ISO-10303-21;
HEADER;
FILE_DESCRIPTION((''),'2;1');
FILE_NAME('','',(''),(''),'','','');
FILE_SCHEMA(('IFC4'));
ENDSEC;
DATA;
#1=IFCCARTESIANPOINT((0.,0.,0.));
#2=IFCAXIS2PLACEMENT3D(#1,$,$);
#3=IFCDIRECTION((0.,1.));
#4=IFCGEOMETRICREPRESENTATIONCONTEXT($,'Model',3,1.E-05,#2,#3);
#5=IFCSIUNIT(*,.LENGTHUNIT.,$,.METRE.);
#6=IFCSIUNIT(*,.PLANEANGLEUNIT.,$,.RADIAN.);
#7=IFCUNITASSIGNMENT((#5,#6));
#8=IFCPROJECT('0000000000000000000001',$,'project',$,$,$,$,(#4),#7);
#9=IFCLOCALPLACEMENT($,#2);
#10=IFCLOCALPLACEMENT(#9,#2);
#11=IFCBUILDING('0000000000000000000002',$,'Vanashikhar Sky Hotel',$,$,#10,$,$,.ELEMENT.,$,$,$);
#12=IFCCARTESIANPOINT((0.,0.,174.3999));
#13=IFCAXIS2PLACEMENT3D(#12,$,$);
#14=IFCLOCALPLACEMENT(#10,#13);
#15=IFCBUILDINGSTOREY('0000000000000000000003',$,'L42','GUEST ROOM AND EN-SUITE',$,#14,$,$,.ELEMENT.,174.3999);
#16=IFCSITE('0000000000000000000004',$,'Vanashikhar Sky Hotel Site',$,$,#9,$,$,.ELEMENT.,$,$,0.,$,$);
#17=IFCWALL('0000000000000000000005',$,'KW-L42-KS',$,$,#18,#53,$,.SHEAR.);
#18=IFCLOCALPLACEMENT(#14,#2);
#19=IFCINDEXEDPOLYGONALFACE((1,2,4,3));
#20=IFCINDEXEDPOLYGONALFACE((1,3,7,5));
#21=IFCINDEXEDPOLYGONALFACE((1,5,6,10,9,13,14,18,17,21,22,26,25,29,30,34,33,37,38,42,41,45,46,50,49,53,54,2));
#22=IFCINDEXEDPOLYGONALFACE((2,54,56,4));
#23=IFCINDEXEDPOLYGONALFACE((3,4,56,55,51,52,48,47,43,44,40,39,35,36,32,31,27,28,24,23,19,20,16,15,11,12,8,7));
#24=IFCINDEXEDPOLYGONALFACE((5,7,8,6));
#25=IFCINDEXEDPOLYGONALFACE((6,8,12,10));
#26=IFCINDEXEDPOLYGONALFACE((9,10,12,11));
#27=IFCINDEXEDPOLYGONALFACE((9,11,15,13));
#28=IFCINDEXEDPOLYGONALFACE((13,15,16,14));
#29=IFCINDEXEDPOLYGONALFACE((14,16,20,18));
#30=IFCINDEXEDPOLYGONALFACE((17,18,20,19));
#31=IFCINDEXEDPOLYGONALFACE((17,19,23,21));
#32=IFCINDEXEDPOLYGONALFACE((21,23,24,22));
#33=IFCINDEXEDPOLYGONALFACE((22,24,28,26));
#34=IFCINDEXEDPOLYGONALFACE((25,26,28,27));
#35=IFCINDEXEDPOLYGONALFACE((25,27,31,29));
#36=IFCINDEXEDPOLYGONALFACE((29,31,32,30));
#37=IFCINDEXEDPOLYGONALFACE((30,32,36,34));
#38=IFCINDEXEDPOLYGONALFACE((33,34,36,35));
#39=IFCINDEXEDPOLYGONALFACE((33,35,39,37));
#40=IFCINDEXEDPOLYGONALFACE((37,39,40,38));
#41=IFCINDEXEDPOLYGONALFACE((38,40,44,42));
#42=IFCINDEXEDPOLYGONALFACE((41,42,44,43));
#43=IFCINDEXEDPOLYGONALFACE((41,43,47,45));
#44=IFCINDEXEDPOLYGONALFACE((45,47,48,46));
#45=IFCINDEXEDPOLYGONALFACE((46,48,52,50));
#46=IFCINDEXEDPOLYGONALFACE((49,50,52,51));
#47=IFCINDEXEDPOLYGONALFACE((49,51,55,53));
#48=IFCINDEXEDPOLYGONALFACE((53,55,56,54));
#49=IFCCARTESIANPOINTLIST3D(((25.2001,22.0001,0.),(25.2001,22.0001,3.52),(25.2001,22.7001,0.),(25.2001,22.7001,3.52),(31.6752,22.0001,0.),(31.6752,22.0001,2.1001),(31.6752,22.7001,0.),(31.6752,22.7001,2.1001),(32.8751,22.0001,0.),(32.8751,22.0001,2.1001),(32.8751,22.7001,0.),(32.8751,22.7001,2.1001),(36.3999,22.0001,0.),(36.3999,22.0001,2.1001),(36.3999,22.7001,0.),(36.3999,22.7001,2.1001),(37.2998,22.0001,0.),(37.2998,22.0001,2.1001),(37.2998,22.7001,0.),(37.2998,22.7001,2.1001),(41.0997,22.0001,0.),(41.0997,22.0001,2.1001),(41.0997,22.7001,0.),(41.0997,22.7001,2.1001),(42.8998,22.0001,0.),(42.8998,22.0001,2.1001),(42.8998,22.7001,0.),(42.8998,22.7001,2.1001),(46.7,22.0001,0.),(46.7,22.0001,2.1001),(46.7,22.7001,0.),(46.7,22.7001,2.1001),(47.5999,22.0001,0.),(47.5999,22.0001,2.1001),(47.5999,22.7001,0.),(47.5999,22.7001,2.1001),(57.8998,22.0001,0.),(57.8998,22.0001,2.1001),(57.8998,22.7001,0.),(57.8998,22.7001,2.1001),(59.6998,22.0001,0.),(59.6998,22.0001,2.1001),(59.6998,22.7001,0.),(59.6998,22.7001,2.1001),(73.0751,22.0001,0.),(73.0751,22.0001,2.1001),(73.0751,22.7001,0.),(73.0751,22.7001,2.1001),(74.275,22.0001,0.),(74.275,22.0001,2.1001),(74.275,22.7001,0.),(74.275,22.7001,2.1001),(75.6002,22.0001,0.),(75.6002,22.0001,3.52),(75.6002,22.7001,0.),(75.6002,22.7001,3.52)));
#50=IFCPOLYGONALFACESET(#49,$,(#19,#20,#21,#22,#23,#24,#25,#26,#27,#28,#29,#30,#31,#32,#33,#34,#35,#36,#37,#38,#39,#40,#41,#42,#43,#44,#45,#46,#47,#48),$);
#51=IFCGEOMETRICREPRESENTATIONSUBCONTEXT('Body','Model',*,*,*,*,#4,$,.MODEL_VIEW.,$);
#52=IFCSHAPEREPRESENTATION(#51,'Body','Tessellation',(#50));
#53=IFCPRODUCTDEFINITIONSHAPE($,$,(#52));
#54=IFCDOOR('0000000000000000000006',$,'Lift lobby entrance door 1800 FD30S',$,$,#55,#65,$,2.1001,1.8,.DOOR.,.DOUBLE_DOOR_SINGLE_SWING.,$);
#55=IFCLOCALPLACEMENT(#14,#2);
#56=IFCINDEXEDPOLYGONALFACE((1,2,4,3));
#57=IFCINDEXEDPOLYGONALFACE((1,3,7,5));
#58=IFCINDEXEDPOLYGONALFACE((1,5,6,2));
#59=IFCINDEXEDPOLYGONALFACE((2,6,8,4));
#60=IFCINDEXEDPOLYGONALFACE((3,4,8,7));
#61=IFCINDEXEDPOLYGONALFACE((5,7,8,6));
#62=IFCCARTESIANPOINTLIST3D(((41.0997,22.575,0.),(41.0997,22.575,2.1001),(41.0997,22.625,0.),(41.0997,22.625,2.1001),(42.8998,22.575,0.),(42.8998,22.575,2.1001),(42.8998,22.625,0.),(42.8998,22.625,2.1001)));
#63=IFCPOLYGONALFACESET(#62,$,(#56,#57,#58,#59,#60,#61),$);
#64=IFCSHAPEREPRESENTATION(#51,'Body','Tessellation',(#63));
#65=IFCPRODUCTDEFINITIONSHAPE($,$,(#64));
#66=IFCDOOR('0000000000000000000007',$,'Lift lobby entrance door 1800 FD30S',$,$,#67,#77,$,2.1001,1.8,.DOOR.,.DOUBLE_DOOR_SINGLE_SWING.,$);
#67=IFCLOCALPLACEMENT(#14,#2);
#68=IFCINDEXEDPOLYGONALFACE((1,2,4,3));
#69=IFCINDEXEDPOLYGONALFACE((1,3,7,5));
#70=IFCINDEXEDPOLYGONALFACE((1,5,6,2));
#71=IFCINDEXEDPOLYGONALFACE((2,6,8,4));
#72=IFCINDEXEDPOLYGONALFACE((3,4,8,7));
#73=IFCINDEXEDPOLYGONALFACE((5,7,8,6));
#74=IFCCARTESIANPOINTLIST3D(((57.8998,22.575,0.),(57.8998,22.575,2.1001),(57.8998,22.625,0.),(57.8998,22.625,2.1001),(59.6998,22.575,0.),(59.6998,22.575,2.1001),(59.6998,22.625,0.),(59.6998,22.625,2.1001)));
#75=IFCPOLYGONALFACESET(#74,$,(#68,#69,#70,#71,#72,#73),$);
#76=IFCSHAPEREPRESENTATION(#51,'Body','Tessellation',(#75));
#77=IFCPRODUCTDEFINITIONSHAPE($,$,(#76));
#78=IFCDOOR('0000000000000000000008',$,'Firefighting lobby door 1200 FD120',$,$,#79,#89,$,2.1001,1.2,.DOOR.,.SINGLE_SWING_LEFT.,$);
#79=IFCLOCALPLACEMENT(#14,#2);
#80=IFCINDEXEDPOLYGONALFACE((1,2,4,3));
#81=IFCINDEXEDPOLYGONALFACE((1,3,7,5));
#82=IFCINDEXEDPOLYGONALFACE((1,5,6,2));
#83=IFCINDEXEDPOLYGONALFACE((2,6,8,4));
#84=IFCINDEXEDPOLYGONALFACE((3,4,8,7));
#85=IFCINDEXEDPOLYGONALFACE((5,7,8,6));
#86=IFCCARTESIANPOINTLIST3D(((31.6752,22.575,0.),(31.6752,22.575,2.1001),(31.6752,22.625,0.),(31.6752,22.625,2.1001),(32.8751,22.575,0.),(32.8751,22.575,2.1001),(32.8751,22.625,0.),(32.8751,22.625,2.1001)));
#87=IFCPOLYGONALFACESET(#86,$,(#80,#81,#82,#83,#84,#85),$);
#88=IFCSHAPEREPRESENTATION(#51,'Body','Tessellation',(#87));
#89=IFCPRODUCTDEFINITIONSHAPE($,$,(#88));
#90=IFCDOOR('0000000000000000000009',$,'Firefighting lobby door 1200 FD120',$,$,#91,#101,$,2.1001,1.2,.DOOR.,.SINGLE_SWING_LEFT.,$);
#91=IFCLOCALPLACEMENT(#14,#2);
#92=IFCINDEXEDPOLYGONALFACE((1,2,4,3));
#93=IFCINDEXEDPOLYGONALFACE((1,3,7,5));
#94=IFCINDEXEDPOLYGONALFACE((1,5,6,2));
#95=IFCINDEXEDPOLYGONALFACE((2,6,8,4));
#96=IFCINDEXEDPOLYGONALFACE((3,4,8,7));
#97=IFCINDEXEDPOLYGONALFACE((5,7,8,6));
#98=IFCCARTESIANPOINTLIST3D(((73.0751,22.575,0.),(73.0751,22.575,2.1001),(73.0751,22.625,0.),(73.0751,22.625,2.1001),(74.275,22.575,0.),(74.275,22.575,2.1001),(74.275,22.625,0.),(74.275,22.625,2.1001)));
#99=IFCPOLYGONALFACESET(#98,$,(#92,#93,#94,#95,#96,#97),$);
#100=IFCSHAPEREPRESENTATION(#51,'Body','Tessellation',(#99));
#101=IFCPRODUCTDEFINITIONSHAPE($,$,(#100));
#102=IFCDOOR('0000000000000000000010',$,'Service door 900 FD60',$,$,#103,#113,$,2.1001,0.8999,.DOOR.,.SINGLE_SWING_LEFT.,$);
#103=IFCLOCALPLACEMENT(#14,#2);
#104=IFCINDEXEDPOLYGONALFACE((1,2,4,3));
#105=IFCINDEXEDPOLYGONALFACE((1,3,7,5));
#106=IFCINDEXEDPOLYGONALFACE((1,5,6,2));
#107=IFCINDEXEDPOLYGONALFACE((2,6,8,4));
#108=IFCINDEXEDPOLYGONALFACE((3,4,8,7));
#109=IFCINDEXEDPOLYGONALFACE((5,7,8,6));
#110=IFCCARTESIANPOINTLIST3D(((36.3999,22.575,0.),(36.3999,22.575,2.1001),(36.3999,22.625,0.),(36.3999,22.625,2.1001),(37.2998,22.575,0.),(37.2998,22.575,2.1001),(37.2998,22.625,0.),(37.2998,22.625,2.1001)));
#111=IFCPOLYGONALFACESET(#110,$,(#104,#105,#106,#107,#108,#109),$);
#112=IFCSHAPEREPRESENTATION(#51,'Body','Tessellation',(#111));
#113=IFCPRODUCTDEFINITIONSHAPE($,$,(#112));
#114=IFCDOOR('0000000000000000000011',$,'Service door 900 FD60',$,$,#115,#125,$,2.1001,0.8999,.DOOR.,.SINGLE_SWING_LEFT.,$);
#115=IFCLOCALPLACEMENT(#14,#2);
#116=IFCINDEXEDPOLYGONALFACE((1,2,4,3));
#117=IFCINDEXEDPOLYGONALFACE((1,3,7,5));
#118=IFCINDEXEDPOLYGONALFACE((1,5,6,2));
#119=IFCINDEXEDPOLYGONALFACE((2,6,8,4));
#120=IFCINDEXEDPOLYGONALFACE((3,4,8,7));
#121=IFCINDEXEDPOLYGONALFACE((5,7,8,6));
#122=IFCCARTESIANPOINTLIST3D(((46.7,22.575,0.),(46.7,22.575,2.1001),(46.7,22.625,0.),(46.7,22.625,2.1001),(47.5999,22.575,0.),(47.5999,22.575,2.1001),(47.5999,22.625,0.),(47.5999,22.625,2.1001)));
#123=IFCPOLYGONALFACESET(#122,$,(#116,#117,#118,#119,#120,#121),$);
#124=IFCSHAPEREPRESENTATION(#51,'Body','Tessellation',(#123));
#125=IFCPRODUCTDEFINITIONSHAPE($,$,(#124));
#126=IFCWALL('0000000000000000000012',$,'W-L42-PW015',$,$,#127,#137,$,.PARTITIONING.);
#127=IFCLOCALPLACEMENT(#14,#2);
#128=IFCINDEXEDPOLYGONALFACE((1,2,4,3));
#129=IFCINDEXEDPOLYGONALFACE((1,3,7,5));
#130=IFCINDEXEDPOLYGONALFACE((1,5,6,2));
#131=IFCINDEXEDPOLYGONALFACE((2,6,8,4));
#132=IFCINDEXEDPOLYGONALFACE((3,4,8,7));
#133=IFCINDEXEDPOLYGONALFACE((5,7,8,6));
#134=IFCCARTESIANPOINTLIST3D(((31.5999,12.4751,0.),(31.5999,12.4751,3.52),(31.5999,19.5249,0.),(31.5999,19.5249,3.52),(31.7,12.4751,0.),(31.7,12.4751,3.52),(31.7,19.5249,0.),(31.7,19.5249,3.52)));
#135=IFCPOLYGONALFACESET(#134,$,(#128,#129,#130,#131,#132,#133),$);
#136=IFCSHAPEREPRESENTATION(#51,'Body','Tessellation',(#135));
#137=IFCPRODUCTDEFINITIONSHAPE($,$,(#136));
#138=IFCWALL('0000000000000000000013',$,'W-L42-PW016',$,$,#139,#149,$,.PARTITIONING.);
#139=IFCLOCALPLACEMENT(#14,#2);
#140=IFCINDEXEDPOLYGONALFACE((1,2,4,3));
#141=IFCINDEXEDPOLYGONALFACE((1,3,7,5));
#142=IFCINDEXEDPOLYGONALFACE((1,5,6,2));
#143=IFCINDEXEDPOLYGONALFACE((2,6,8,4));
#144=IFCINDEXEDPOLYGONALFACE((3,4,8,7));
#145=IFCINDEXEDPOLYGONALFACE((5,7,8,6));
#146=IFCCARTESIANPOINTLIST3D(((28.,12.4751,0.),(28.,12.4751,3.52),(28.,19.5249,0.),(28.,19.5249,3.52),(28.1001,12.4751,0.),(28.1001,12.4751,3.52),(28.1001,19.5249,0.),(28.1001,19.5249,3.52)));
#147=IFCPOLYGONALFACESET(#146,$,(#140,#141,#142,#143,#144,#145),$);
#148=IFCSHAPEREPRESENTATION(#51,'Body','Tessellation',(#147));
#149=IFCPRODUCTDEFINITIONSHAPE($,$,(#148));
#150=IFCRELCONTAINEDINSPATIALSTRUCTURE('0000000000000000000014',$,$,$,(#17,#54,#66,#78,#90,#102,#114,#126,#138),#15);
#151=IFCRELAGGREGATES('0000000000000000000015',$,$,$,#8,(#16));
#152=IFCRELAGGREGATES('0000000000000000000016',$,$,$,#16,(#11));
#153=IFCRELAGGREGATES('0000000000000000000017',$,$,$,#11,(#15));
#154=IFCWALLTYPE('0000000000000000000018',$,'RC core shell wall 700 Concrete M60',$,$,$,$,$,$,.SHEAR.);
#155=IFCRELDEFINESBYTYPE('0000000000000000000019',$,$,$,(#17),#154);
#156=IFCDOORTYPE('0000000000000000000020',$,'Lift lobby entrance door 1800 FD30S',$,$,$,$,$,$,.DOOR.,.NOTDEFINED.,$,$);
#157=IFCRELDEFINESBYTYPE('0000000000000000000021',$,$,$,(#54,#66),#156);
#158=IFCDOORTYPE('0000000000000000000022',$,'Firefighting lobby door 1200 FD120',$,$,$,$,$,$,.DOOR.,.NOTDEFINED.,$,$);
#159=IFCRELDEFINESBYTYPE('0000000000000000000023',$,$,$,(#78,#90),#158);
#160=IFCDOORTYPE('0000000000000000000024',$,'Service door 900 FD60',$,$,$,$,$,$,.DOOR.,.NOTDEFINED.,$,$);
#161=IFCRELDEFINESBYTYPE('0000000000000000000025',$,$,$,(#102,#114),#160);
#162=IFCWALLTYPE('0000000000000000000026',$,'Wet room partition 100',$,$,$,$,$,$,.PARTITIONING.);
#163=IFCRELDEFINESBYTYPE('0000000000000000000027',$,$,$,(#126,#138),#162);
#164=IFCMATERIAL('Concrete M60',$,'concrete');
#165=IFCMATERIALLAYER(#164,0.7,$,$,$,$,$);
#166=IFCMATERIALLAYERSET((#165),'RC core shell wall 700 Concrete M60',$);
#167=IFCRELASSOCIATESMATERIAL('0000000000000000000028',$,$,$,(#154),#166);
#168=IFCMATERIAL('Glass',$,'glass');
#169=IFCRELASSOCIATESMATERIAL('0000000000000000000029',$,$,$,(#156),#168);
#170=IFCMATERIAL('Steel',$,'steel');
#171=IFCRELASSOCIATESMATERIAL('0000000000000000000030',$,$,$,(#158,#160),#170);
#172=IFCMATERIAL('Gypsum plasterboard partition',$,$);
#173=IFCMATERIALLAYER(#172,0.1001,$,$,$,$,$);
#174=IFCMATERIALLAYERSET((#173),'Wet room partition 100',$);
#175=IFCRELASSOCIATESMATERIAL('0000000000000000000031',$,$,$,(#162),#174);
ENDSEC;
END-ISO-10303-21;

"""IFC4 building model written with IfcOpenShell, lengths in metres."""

from ifc_helpers import new_model, si_unit, direction, frame, frame_2d, origin, place, context, subcontext, project, spatial, rectangle, extrude, source, transform, mapped, material, layer, layer_set, type_object, element, fill, save


model = new_model("IFC4")

# Units and contexts
model_context = context("Model", 3, precision=1e-05, world=origin(), true_north=direction((0.0, 1.0)))
body_context = subcontext(model_context, "Body", "Model", "MODEL_VIEW")
ifc_project = project(units=[si_unit("LENGTHUNIT", "METRE"), si_unit("PLANEANGLEUNIT", "RADIAN")], contexts=[model_context])

# Site, building, storey
site_placement = place(None, origin())
site = spatial("IfcSite", under=ifc_project, at=site_placement, Name="Vanashikhar Sky Hotel Site", CompositionType="ELEMENT", RefElevation=0.0)
building_placement = place(site_placement, origin())
building = spatial("IfcBuilding", under=site, at=building_placement, Name="Vanashikhar Sky Hotel", CompositionType="ELEMENT")
storey_placement = place(building_placement, frame((0.0, 0.0, 174.3999)))
storey = spatial("IfcBuildingStorey", under=building, at=storey_placement, Name="L42", Description="GUEST ROOM AND EN-SUITE", CompositionType="ELEMENT", Elevation=174.3999)

# Wall, openings, doors
ifc_material_1 = material(Name="Concrete M60", Category="concrete")
ifc_layer_1 = layer(ifc_material_1, 0.7)
ifc_layer_set_1 = layer_set([ifc_layer_1], Name="RC core shell wall 700 Concrete M60")
wall_type_1 = type_object("IfcWallType", Name="RC core shell wall 700 Concrete M60", PredefinedType="SHEAR", material=ifc_layer_set_1)
shared_shape_1 = source(origin(), body_context, "Body", "SweptSolid", [
    extrude(rectangle(XDim=50.4001, YDim=0.7, at=frame_2d((25.2002, 0.0))), origin(), (0.0, 0.0, 1.0), 3.52),
])
wall_1_placement = place(storey_placement, frame((25.2, 22.3501, 0.0), z_axis=(0.0, 0.0, 1.0), x_axis=(1.0, 0.0, 0.0)))
wall_1 = element("IfcWall", 1, at=wall_1_placement, inside=storey, type_object=wall_type_1, Name="KW-L42-KS", PredefinedType="SHEAR", context=body_context, shape_type="MappedRepresentation", body=[
    mapped(shared_shape_1, transform((0.0, 0.0, 0.0), scale=1.0)),
])
shared_shape_2 = source(origin(), body_context, "Body", "SweptSolid", [
    extrude(rectangle(XDim=1.8, YDim=2.1001, at=frame_2d((0.8999, 1.05))), frame((0.0, 0.3599, 0.0), z_axis=(0.0, -1.0, 0.0), x_axis=(1.0, 0.0, 0.0)), (0.0, 0.0, 1.0), 0.72),
])
opening_1_placement = place(wall_1_placement, frame((15.8999, 0.0, 0.0)))
opening_1 = element("IfcOpeningElement", 2, at=opening_1_placement, cuts=wall_1, PredefinedType="OPENING", context=body_context, shape_type="MappedRepresentation", body=[
    mapped(shared_shape_2, transform((0.0, 0.0, 0.0), scale=1.0)),
])
shared_shape_3 = source(origin(), body_context, "Body", "SweptSolid", [
    extrude(rectangle(XDim=0.8999, YDim=2.1001, at=frame_2d((0.45, 1.05))), frame((0.0, 0.3599, 0.0), z_axis=(0.0, -1.0, 0.0), x_axis=(1.0, 0.0, 0.0)), (0.0, 0.0, 1.0), 0.72),
])
opening_2_placement = place(wall_1_placement, frame((11.2, 0.0, 0.0)))
opening_2 = element("IfcOpeningElement", 3, at=opening_2_placement, cuts=wall_1, PredefinedType="OPENING", context=body_context, shape_type="MappedRepresentation", body=[
    mapped(shared_shape_3, transform((0.0, 0.0, 0.0), scale=1.0)),
])
opening_3_placement = place(wall_1_placement, frame((21.5, 0.0, 0.0)))
opening_3 = element("IfcOpeningElement", 4, at=opening_3_placement, cuts=wall_1, PredefinedType="OPENING", context=body_context, shape_type="MappedRepresentation", body=[
    mapped(shared_shape_3, transform((0.0, 0.0, 0.0), scale=1.0)),
])
opening_4_placement = place(wall_1_placement, frame((32.7, 0.0, 0.0)))
opening_4 = element("IfcOpeningElement", 5, at=opening_4_placement, cuts=wall_1, PredefinedType="OPENING", context=body_context, shape_type="MappedRepresentation", body=[
    mapped(shared_shape_2, transform((0.0, 0.0, 0.0), scale=1.0)),
])
shared_shape_4 = source(origin(), body_context, "Body", "SweptSolid", [
    extrude(rectangle(XDim=1.2, YDim=2.1001, at=frame_2d((0.6001, 1.05))), frame((0.0, 0.3599, 0.0), z_axis=(0.0, -1.0, 0.0), x_axis=(1.0, 0.0, 0.0)), (0.0, 0.0, 1.0), 0.72),
])
opening_5_placement = place(wall_1_placement, frame((6.4751, 0.0, 0.0)))
opening_5 = element("IfcOpeningElement", 6, at=opening_5_placement, cuts=wall_1, PredefinedType="OPENING", context=body_context, shape_type="MappedRepresentation", body=[
    mapped(shared_shape_4, transform((0.0, 0.0, 0.0), scale=1.0)),
])
opening_6_placement = place(wall_1_placement, frame((47.875, 0.0, 0.0)))
opening_6 = element("IfcOpeningElement", 7, at=opening_6_placement, cuts=wall_1, PredefinedType="OPENING", context=body_context, shape_type="MappedRepresentation", body=[
    mapped(shared_shape_4, transform((0.0, 0.0, 0.0), scale=1.0)),
])
ifc_material_2 = material(Name="Glass", Category="glass")
door_type_1 = type_object("IfcDoorType", Name="Lift lobby entrance door 1800 FD30S", OperationType="NOTDEFINED", PredefinedType="DOOR", material=ifc_material_2)
shared_shape_5 = source(origin(), body_context, "Body", "SweptSolid", [
    extrude(rectangle(XDim=1.8, YDim=2.1001, at=frame_2d((0.8999, 1.05))), frame((0.0, 0.2749, 0.0), z_axis=(0.0, -1.0, 0.0), x_axis=(1.0, 0.0, 0.0)), (0.0, 0.0, 1.0), 0.05),
])
door_1_placement = place(opening_1_placement, origin())
door_1 = element("IfcDoor", 8, at=door_1_placement, inside=storey, type_object=door_type_1, Name="Lift lobby entrance door 1800 FD30S", OperationType="DOUBLE_DOOR_SINGLE_SWING", OverallHeight=2.1001, OverallWidth=1.8, PredefinedType="DOOR", context=body_context, shape_type="MappedRepresentation", body=[
    mapped(shared_shape_5, transform((0.0, 0.0, 0.0), scale=1.0)),
])
fill(opening_1, door_1)
door_2_placement = place(opening_4_placement, origin())
door_2 = element("IfcDoor", 9, at=door_2_placement, inside=storey, type_object=door_type_1, Name="Lift lobby entrance door 1800 FD30S", OperationType="DOUBLE_DOOR_SINGLE_SWING", OverallHeight=2.1001, OverallWidth=1.8, PredefinedType="DOOR", context=body_context, shape_type="MappedRepresentation", body=[
    mapped(shared_shape_5, transform((0.0, 0.0, 0.0), scale=1.0)),
])
fill(opening_4, door_2)
ifc_material_3 = material(Name="Steel", Category="steel")
door_type_2 = type_object("IfcDoorType", Name="Firefighting lobby door 1200 FD120", OperationType="NOTDEFINED", PredefinedType="DOOR", material=ifc_material_3)
shared_shape_6 = source(origin(), body_context, "Body", "SweptSolid", [
    extrude(rectangle(XDim=1.2, YDim=2.1001, at=frame_2d((0.6001, 1.05))), frame((0.0, 0.2749, 0.0), z_axis=(0.0, -1.0, 0.0), x_axis=(1.0, 0.0, 0.0)), (0.0, 0.0, 1.0), 0.05),
])
door_3_placement = place(opening_5_placement, origin())
door_3 = element("IfcDoor", 10, at=door_3_placement, inside=storey, type_object=door_type_2, Name="Firefighting lobby door 1200 FD120", OperationType="SINGLE_SWING_LEFT", OverallHeight=2.1001, OverallWidth=1.2, PredefinedType="DOOR", context=body_context, shape_type="MappedRepresentation", body=[
    mapped(shared_shape_6, transform((0.0, 0.0, 0.0), scale=1.0)),
])
fill(opening_5, door_3)
door_4_placement = place(opening_6_placement, origin())
door_4 = element("IfcDoor", 11, at=door_4_placement, inside=storey, type_object=door_type_2, Name="Firefighting lobby door 1200 FD120", OperationType="SINGLE_SWING_LEFT", OverallHeight=2.1001, OverallWidth=1.2, PredefinedType="DOOR", context=body_context, shape_type="MappedRepresentation", body=[
    mapped(shared_shape_6, transform((0.0, 0.0, 0.0), scale=1.0)),
])
fill(opening_6, door_4)
door_type_3 = type_object("IfcDoorType", Name="Service door 900 FD60", OperationType="NOTDEFINED", PredefinedType="DOOR", material=ifc_material_3)
shared_shape_7 = source(origin(), body_context, "Body", "SweptSolid", [
    extrude(rectangle(XDim=0.8999, YDim=2.1001, at=frame_2d((0.45, 1.05))), frame((0.0, 0.2749, 0.0), z_axis=(0.0, -1.0, 0.0), x_axis=(1.0, 0.0, 0.0)), (0.0, 0.0, 1.0), 0.05),
])
door_5_placement = place(opening_2_placement, origin())
door_5 = element("IfcDoor", 12, at=door_5_placement, inside=storey, type_object=door_type_3, Name="Service door 900 FD60", OperationType="SINGLE_SWING_LEFT", OverallHeight=2.1001, OverallWidth=0.8999, PredefinedType="DOOR", context=body_context, shape_type="MappedRepresentation", body=[
    mapped(shared_shape_7, transform((0.0, 0.0, 0.0), scale=1.0)),
])
fill(opening_2, door_5)
door_6_placement = place(opening_3_placement, origin())
door_6 = element("IfcDoor", 13, at=door_6_placement, inside=storey, type_object=door_type_3, Name="Service door 900 FD60", OperationType="SINGLE_SWING_LEFT", OverallHeight=2.1001, OverallWidth=0.8999, PredefinedType="DOOR", context=body_context, shape_type="MappedRepresentation", body=[
    mapped(shared_shape_7, transform((0.0, 0.0, 0.0), scale=1.0)),
])
fill(opening_3, door_6)

# Walls
ifc_material_4 = material(Name="Gypsum plasterboard partition")
ifc_layer_2 = layer(ifc_material_4, 0.1001)
ifc_layer_set_2 = layer_set([ifc_layer_2], Name="Wet room partition 100")
wall_type_2 = type_object("IfcWallType", Name="Wet room partition 100", PredefinedType="PARTITIONING", material=ifc_layer_set_2)
shared_shape_8 = source(origin(), body_context, "Body", "SweptSolid", [
    extrude(rectangle(XDim=7.0498, YDim=0.1001, at=frame_2d((3.5249, 0.0))), origin(), (0.0, 0.0, 1.0), 3.52),
])
for number, where, z_axis, x_axis, name in (
    (14, (31.6499, 12.4751, 0.0), (0.0, 0.0, 1.0), (0.0, 1.0, 0.0), "W-L42-PW015"),
    (15, (28.05, 12.4751, 0.0), (0.0, 0.0, 1.0), (0.0, 1.0, 0.0), "W-L42-PW016"),
):
    element("IfcWall", number, at=place(storey_placement, frame(where, z_axis=z_axis, x_axis=x_axis)), inside=storey, type_object=wall_type_2, Name=name, PredefinedType="PARTITIONING", context=body_context, shape_type="MappedRepresentation", body=[
        mapped(shared_shape_8, transform((0.0, 0.0, 0.0), scale=1.0)),
    ])

save(model, "model.ifc")
